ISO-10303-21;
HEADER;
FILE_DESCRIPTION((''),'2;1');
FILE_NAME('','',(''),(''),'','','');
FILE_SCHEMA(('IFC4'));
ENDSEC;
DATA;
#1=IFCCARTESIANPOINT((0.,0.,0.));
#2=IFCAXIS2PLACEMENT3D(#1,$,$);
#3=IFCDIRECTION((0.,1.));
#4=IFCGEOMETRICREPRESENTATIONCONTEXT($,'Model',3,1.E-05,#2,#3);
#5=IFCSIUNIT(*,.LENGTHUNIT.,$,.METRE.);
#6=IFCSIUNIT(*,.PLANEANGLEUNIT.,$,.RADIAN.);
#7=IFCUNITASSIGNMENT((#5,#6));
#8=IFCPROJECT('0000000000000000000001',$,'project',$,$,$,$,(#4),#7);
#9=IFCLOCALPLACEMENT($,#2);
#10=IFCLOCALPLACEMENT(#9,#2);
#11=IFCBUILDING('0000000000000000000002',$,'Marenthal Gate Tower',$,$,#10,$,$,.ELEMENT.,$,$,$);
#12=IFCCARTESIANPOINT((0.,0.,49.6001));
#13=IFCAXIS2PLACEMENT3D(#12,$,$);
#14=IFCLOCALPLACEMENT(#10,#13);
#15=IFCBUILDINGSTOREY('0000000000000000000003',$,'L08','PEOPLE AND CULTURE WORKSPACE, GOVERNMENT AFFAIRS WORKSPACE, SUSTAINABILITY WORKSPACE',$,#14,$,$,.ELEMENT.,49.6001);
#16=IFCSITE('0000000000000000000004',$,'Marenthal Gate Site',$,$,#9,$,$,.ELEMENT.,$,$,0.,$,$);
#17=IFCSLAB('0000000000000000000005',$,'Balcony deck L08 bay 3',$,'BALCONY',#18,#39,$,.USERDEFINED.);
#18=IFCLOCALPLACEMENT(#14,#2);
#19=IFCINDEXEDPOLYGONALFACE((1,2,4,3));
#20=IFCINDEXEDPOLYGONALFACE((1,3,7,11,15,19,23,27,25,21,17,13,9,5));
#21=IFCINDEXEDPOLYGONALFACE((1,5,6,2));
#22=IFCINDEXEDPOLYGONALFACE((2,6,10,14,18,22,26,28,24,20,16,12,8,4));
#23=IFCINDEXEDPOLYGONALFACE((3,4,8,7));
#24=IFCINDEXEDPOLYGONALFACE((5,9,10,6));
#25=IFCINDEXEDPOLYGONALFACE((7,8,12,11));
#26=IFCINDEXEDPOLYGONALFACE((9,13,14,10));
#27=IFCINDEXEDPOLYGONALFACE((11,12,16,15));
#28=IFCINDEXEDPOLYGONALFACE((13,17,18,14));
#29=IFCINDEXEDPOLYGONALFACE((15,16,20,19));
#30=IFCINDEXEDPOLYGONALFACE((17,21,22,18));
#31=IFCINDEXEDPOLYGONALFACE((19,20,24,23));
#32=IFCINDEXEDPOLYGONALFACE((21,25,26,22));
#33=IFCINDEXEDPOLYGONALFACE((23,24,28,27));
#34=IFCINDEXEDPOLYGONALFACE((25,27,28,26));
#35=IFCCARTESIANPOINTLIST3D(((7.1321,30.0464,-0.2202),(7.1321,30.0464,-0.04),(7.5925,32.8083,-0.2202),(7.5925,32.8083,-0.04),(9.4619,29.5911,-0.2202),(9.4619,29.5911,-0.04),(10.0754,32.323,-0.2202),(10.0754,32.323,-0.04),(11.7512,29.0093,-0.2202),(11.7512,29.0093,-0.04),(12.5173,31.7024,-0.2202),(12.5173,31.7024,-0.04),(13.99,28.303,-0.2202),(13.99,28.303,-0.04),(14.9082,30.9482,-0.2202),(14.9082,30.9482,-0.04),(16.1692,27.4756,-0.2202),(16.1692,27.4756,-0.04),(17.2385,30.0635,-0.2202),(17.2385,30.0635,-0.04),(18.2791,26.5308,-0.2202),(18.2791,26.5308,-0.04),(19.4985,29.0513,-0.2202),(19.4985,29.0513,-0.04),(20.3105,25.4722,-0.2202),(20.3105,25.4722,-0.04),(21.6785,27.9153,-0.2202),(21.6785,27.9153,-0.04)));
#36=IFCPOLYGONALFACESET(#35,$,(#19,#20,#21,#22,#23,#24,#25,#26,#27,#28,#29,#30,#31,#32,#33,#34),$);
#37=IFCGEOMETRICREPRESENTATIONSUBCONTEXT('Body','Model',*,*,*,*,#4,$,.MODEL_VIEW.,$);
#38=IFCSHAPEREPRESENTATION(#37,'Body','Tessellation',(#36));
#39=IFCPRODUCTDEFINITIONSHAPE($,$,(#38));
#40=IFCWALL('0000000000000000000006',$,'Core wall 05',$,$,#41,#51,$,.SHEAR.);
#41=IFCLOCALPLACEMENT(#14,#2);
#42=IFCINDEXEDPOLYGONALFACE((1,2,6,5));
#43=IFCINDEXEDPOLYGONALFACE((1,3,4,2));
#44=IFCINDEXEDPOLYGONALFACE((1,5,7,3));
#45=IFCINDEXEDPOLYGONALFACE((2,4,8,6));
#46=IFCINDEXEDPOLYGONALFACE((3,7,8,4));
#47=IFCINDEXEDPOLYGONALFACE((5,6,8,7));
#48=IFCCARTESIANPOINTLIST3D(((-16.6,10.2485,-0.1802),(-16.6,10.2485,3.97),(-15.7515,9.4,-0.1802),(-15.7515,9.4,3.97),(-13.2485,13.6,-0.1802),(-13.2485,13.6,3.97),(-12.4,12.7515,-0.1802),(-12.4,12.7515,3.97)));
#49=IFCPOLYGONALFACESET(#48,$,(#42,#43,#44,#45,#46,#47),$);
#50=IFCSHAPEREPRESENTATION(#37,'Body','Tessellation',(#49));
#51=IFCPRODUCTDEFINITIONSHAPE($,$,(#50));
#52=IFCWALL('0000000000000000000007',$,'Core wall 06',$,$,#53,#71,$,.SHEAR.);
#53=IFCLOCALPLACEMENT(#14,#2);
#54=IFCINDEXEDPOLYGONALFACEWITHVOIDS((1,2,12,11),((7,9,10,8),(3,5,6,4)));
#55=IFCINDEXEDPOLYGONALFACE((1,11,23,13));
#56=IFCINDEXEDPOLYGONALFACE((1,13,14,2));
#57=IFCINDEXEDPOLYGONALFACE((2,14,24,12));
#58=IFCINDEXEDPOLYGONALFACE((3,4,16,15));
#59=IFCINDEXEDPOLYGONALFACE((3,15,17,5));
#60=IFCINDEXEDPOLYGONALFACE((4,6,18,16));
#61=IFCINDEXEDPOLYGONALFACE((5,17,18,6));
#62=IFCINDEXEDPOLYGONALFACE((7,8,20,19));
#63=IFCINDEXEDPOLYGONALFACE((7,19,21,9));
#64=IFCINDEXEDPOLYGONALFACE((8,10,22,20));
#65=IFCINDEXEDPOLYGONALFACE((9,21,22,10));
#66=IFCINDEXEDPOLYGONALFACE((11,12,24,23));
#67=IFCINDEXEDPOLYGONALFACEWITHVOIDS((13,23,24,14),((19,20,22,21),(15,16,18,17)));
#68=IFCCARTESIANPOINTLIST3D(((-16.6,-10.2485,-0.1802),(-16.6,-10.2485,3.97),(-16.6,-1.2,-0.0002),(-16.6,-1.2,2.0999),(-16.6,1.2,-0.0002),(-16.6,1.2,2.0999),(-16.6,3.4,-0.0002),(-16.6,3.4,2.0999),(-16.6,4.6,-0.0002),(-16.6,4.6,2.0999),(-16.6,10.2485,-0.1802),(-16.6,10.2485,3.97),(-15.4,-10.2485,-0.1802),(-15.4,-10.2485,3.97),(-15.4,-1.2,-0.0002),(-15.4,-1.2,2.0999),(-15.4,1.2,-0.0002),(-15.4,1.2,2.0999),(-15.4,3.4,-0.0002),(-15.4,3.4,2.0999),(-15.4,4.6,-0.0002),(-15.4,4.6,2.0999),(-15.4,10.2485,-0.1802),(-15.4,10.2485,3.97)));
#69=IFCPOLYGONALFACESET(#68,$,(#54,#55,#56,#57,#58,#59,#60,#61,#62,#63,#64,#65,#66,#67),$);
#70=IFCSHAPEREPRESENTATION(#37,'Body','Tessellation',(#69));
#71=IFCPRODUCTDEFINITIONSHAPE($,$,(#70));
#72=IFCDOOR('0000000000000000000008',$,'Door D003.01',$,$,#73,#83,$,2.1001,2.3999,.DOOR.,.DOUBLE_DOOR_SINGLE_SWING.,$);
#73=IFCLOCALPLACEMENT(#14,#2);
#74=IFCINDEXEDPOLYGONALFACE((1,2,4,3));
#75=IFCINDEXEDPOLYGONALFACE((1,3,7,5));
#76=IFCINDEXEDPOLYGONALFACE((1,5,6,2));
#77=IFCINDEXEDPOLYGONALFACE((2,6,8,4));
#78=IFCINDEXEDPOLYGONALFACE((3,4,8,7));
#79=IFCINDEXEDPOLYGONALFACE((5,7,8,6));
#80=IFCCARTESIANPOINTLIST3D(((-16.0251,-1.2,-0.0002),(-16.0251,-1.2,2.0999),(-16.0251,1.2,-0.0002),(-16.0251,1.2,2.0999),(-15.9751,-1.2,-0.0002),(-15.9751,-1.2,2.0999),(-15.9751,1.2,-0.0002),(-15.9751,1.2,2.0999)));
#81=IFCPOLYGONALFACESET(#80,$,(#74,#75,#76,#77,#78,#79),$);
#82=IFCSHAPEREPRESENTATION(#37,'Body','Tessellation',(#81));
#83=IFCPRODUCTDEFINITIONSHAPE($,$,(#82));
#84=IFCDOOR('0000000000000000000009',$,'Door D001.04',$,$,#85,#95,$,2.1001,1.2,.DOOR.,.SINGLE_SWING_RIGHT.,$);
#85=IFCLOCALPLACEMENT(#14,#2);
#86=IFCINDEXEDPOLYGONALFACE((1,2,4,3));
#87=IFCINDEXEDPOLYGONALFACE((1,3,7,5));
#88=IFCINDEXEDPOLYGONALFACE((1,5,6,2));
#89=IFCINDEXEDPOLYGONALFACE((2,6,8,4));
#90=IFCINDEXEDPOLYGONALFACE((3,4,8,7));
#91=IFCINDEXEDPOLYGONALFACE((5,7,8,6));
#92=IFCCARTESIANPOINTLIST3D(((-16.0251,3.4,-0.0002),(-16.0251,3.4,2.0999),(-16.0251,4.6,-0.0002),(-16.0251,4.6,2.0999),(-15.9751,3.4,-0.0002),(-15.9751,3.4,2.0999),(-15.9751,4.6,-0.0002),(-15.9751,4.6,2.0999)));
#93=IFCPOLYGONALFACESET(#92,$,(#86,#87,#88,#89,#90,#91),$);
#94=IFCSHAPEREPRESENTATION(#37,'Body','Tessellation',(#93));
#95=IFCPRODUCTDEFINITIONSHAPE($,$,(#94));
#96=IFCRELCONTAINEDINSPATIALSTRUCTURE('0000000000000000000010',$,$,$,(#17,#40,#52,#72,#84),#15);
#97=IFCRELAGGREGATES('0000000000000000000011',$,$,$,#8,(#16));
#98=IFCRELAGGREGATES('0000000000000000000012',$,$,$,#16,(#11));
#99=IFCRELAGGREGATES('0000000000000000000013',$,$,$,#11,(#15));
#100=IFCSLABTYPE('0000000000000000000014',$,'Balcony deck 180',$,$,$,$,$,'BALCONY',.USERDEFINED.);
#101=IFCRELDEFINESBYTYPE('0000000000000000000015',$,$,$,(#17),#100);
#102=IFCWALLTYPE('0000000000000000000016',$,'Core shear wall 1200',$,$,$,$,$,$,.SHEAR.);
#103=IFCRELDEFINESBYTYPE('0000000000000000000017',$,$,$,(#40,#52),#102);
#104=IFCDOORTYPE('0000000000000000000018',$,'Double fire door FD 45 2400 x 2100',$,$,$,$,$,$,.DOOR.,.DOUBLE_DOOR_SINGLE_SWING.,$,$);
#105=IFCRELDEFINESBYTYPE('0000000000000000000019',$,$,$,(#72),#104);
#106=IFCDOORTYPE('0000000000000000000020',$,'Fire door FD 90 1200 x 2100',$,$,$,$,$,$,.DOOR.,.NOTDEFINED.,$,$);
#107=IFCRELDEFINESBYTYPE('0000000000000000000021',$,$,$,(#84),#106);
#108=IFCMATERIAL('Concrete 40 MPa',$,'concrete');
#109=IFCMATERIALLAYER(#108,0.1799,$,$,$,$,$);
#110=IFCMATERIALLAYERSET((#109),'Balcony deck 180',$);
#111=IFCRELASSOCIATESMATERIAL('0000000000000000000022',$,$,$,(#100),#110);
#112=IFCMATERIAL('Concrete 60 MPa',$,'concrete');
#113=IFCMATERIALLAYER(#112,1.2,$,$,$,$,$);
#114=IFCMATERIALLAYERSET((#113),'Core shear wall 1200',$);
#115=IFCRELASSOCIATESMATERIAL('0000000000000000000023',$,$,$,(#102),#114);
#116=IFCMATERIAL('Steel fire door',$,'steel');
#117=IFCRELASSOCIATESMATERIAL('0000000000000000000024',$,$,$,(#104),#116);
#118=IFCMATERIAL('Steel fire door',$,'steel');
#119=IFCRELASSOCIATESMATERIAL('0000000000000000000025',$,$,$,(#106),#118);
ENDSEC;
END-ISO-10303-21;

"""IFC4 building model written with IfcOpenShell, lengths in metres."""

from ifc_helpers import new_model, si_unit, direction, frame, frame_2d, origin, place, context, subcontext, project, spatial, polyline, rectangle, outline, extrude, material, layer, layer_set, type_object, element, fill, save


model = new_model("IFC4")

# Units and contexts
model_context = context("Model", 3, precision=1e-05, world=origin(), true_north=direction((0.0, 1.0)))
body_context = subcontext(model_context, "Body", "Model", "MODEL_VIEW")
ifc_project = project(units=[si_unit("LENGTHUNIT", "METRE"), si_unit("PLANEANGLEUNIT", "RADIAN")], contexts=[model_context])

# Site, building, storey
site_placement = place(None, origin())
site = spatial("IfcSite", under=ifc_project, at=site_placement, Name="Marenthal Gate Site", CompositionType="ELEMENT", RefElevation=0.0)
building_placement = place(site_placement, origin())
building = spatial("IfcBuilding", under=site, at=building_placement, Name="Marenthal Gate Tower", CompositionType="ELEMENT")
storey_placement = place(building_placement, frame((0.0, 0.0, 49.6001)))
storey = spatial("IfcBuildingStorey", under=building, at=storey_placement, Name="L08", Description="PEOPLE AND CULTURE WORKSPACE, GOVERNMENT AFFAIRS WORKSPACE, SUSTAINABILITY WORKSPACE", CompositionType="ELEMENT", Elevation=49.6001)

# Slab
ifc_material_1 = material(Name="Concrete 40 MPa", Category="concrete")
ifc_layer_1 = layer(ifc_material_1, 0.1799)
ifc_layer_set_1 = layer_set([ifc_layer_1], Name="Balcony deck 180")
slab_type = type_object("IfcSlabType", Name="Balcony deck 180", ElementType="BALCONY", PredefinedType="USERDEFINED", material=ifc_layer_set_1)
slab_placement = place(storey_placement, frame((0.0, 0.0, -0.2202)))
element("IfcSlab", 1, at=slab_placement, inside=storey, type_object=slab_type, Name="Balcony deck L08 bay 3", ObjectType="BALCONY", PredefinedType="USERDEFINED", context=body_context, shape_type="SweptSolid", body=[
    extrude(outline(polyline([(20.3105, 25.4722), (18.2791, 26.5308), (16.1692, 27.4756), (13.99, 28.303), (11.7512, 29.0093), (9.4619, 29.5911), (7.1321, 30.0464), (7.5925, 32.8083), (10.0754, 32.323), (12.5173, 31.7024), (14.9082, 30.9482), (17.2385, 30.0635), (19.4985, 29.0513), (21.6785, 27.9153), (20.3105, 25.4722)])), origin(), (0.0, 0.0, 1.0), 0.1802),
])

# Wall
ifc_material_2 = material(Name="Concrete 60 MPa", Category="concrete")
ifc_layer_2 = layer(ifc_material_2, 1.2)
ifc_layer_set_2 = layer_set([ifc_layer_2], Name="Core shear wall 1200")
wall_type_1 = type_object("IfcWallType", Name="Core shear wall 1200", PredefinedType="SHEAR", material=ifc_layer_set_2)
wall_1_placement = place(storey_placement, frame((-12.8242, 13.1758, -0.1802), z_axis=(0.0, 0.0, 1.0), x_axis=(-0.707107, -0.707107, 0.0)))
element("IfcWall", 2, at=wall_1_placement, inside=storey, type_object=wall_type_1, Name="Core wall 05", PredefinedType="SHEAR", context=body_context, shape_type="SweptSolid", body=[
    extrude(rectangle(XDim=4.7397, YDim=1.2, at=frame_2d((2.3699, 0.0))), origin(), (0.0, 0.0, 1.0), 4.1501),
])

# Wall, openings, doors
wall_2_placement = place(storey_placement, frame((-16.0, 10.2485, -0.1802), z_axis=(0.0, 0.0, 1.0), x_axis=(0.0, -1.0, 0.0)))
wall_2 = element("IfcWall", 3, at=wall_2_placement, inside=storey, type_object=wall_type_1, Name="Core wall 06", PredefinedType="SHEAR", context=body_context, shape_type="SweptSolid", body=[
    extrude(rectangle(XDim=20.4971, YDim=1.2, at=frame_2d((10.2485, 0.0))), origin(), (0.0, 0.0, 1.0), 4.1501),
])
opening_1_placement = place(wall_2_placement, frame((9.0486, 0.0, 0.1799)))
opening_1 = element("IfcOpeningElement", 4, at=opening_1_placement, cuts=wall_2, PredefinedType="OPENING", context=body_context, shape_type="SweptSolid", body=[
    extrude(rectangle(XDim=2.3999, YDim=2.1001, at=frame_2d((1.2, 1.05))), frame((0.0, 0.6099, 0.0), z_axis=(0.0, -1.0, 0.0), x_axis=(1.0, 0.0, 0.0)), (0.0, 0.0, 1.0), 1.22),
])
opening_2_placement = place(wall_2_placement, frame((5.6484, 0.0, 0.1799)))
opening_2 = element("IfcOpeningElement", 5, at=opening_2_placement, cuts=wall_2, PredefinedType="OPENING", context=body_context, shape_type="SweptSolid", body=[
    extrude(rectangle(XDim=1.2, YDim=2.1001, at=frame_2d((0.6001, 1.05))), frame((0.0, 0.6099, 0.0), z_axis=(0.0, -1.0, 0.0), x_axis=(1.0, 0.0, 0.0)), (0.0, 0.0, 1.0), 1.22),
])
ifc_material_3 = material(Name="Steel fire door", Category="steel")
door_type_1 = type_object("IfcDoorType", Name="Double fire door FD 45 2400 x 2100", OperationType="DOUBLE_DOOR_SINGLE_SWING", PredefinedType="DOOR", material=ifc_material_3)
door_1_placement = place(opening_1_placement, origin())
door_1 = element("IfcDoor", 6, at=door_1_placement, inside=storey, type_object=door_type_1, Name="Door D003.01", OperationType="DOUBLE_DOOR_SINGLE_SWING", OverallHeight=2.1001, OverallWidth=2.3999, PredefinedType="DOOR", context=body_context, shape_type="SweptSolid", body=[
    extrude(rectangle(XDim=2.3999, YDim=2.1001, at=frame_2d((1.2, 1.05))), frame((0.0, 0.0249, 0.0), z_axis=(0.0, -1.0, 0.0), x_axis=(1.0, 0.0, 0.0)), (0.0, 0.0, 1.0), 0.05),
])
fill(opening_1, door_1)
ifc_material_4 = material(Name="Steel fire door", Category="steel")
door_type_2 = type_object("IfcDoorType", Name="Fire door FD 90 1200 x 2100", OperationType="NOTDEFINED", PredefinedType="DOOR", material=ifc_material_4)
door_2_placement = place(opening_2_placement, origin())
door_2 = element("IfcDoor", 7, at=door_2_placement, inside=storey, type_object=door_type_2, Name="Door D001.04", OperationType="SINGLE_SWING_RIGHT", OverallHeight=2.1001, OverallWidth=1.2, PredefinedType="DOOR", context=body_context, shape_type="SweptSolid", body=[
    extrude(rectangle(XDim=1.2, YDim=2.1001, at=frame_2d((0.6001, 1.05))), frame((0.0, 0.0249, 0.0), z_axis=(0.0, -1.0, 0.0), x_axis=(1.0, 0.0, 0.0)), (0.0, 0.0, 1.0), 0.05),
])
fill(opening_2, door_2)

save(model, "model.ifc")
